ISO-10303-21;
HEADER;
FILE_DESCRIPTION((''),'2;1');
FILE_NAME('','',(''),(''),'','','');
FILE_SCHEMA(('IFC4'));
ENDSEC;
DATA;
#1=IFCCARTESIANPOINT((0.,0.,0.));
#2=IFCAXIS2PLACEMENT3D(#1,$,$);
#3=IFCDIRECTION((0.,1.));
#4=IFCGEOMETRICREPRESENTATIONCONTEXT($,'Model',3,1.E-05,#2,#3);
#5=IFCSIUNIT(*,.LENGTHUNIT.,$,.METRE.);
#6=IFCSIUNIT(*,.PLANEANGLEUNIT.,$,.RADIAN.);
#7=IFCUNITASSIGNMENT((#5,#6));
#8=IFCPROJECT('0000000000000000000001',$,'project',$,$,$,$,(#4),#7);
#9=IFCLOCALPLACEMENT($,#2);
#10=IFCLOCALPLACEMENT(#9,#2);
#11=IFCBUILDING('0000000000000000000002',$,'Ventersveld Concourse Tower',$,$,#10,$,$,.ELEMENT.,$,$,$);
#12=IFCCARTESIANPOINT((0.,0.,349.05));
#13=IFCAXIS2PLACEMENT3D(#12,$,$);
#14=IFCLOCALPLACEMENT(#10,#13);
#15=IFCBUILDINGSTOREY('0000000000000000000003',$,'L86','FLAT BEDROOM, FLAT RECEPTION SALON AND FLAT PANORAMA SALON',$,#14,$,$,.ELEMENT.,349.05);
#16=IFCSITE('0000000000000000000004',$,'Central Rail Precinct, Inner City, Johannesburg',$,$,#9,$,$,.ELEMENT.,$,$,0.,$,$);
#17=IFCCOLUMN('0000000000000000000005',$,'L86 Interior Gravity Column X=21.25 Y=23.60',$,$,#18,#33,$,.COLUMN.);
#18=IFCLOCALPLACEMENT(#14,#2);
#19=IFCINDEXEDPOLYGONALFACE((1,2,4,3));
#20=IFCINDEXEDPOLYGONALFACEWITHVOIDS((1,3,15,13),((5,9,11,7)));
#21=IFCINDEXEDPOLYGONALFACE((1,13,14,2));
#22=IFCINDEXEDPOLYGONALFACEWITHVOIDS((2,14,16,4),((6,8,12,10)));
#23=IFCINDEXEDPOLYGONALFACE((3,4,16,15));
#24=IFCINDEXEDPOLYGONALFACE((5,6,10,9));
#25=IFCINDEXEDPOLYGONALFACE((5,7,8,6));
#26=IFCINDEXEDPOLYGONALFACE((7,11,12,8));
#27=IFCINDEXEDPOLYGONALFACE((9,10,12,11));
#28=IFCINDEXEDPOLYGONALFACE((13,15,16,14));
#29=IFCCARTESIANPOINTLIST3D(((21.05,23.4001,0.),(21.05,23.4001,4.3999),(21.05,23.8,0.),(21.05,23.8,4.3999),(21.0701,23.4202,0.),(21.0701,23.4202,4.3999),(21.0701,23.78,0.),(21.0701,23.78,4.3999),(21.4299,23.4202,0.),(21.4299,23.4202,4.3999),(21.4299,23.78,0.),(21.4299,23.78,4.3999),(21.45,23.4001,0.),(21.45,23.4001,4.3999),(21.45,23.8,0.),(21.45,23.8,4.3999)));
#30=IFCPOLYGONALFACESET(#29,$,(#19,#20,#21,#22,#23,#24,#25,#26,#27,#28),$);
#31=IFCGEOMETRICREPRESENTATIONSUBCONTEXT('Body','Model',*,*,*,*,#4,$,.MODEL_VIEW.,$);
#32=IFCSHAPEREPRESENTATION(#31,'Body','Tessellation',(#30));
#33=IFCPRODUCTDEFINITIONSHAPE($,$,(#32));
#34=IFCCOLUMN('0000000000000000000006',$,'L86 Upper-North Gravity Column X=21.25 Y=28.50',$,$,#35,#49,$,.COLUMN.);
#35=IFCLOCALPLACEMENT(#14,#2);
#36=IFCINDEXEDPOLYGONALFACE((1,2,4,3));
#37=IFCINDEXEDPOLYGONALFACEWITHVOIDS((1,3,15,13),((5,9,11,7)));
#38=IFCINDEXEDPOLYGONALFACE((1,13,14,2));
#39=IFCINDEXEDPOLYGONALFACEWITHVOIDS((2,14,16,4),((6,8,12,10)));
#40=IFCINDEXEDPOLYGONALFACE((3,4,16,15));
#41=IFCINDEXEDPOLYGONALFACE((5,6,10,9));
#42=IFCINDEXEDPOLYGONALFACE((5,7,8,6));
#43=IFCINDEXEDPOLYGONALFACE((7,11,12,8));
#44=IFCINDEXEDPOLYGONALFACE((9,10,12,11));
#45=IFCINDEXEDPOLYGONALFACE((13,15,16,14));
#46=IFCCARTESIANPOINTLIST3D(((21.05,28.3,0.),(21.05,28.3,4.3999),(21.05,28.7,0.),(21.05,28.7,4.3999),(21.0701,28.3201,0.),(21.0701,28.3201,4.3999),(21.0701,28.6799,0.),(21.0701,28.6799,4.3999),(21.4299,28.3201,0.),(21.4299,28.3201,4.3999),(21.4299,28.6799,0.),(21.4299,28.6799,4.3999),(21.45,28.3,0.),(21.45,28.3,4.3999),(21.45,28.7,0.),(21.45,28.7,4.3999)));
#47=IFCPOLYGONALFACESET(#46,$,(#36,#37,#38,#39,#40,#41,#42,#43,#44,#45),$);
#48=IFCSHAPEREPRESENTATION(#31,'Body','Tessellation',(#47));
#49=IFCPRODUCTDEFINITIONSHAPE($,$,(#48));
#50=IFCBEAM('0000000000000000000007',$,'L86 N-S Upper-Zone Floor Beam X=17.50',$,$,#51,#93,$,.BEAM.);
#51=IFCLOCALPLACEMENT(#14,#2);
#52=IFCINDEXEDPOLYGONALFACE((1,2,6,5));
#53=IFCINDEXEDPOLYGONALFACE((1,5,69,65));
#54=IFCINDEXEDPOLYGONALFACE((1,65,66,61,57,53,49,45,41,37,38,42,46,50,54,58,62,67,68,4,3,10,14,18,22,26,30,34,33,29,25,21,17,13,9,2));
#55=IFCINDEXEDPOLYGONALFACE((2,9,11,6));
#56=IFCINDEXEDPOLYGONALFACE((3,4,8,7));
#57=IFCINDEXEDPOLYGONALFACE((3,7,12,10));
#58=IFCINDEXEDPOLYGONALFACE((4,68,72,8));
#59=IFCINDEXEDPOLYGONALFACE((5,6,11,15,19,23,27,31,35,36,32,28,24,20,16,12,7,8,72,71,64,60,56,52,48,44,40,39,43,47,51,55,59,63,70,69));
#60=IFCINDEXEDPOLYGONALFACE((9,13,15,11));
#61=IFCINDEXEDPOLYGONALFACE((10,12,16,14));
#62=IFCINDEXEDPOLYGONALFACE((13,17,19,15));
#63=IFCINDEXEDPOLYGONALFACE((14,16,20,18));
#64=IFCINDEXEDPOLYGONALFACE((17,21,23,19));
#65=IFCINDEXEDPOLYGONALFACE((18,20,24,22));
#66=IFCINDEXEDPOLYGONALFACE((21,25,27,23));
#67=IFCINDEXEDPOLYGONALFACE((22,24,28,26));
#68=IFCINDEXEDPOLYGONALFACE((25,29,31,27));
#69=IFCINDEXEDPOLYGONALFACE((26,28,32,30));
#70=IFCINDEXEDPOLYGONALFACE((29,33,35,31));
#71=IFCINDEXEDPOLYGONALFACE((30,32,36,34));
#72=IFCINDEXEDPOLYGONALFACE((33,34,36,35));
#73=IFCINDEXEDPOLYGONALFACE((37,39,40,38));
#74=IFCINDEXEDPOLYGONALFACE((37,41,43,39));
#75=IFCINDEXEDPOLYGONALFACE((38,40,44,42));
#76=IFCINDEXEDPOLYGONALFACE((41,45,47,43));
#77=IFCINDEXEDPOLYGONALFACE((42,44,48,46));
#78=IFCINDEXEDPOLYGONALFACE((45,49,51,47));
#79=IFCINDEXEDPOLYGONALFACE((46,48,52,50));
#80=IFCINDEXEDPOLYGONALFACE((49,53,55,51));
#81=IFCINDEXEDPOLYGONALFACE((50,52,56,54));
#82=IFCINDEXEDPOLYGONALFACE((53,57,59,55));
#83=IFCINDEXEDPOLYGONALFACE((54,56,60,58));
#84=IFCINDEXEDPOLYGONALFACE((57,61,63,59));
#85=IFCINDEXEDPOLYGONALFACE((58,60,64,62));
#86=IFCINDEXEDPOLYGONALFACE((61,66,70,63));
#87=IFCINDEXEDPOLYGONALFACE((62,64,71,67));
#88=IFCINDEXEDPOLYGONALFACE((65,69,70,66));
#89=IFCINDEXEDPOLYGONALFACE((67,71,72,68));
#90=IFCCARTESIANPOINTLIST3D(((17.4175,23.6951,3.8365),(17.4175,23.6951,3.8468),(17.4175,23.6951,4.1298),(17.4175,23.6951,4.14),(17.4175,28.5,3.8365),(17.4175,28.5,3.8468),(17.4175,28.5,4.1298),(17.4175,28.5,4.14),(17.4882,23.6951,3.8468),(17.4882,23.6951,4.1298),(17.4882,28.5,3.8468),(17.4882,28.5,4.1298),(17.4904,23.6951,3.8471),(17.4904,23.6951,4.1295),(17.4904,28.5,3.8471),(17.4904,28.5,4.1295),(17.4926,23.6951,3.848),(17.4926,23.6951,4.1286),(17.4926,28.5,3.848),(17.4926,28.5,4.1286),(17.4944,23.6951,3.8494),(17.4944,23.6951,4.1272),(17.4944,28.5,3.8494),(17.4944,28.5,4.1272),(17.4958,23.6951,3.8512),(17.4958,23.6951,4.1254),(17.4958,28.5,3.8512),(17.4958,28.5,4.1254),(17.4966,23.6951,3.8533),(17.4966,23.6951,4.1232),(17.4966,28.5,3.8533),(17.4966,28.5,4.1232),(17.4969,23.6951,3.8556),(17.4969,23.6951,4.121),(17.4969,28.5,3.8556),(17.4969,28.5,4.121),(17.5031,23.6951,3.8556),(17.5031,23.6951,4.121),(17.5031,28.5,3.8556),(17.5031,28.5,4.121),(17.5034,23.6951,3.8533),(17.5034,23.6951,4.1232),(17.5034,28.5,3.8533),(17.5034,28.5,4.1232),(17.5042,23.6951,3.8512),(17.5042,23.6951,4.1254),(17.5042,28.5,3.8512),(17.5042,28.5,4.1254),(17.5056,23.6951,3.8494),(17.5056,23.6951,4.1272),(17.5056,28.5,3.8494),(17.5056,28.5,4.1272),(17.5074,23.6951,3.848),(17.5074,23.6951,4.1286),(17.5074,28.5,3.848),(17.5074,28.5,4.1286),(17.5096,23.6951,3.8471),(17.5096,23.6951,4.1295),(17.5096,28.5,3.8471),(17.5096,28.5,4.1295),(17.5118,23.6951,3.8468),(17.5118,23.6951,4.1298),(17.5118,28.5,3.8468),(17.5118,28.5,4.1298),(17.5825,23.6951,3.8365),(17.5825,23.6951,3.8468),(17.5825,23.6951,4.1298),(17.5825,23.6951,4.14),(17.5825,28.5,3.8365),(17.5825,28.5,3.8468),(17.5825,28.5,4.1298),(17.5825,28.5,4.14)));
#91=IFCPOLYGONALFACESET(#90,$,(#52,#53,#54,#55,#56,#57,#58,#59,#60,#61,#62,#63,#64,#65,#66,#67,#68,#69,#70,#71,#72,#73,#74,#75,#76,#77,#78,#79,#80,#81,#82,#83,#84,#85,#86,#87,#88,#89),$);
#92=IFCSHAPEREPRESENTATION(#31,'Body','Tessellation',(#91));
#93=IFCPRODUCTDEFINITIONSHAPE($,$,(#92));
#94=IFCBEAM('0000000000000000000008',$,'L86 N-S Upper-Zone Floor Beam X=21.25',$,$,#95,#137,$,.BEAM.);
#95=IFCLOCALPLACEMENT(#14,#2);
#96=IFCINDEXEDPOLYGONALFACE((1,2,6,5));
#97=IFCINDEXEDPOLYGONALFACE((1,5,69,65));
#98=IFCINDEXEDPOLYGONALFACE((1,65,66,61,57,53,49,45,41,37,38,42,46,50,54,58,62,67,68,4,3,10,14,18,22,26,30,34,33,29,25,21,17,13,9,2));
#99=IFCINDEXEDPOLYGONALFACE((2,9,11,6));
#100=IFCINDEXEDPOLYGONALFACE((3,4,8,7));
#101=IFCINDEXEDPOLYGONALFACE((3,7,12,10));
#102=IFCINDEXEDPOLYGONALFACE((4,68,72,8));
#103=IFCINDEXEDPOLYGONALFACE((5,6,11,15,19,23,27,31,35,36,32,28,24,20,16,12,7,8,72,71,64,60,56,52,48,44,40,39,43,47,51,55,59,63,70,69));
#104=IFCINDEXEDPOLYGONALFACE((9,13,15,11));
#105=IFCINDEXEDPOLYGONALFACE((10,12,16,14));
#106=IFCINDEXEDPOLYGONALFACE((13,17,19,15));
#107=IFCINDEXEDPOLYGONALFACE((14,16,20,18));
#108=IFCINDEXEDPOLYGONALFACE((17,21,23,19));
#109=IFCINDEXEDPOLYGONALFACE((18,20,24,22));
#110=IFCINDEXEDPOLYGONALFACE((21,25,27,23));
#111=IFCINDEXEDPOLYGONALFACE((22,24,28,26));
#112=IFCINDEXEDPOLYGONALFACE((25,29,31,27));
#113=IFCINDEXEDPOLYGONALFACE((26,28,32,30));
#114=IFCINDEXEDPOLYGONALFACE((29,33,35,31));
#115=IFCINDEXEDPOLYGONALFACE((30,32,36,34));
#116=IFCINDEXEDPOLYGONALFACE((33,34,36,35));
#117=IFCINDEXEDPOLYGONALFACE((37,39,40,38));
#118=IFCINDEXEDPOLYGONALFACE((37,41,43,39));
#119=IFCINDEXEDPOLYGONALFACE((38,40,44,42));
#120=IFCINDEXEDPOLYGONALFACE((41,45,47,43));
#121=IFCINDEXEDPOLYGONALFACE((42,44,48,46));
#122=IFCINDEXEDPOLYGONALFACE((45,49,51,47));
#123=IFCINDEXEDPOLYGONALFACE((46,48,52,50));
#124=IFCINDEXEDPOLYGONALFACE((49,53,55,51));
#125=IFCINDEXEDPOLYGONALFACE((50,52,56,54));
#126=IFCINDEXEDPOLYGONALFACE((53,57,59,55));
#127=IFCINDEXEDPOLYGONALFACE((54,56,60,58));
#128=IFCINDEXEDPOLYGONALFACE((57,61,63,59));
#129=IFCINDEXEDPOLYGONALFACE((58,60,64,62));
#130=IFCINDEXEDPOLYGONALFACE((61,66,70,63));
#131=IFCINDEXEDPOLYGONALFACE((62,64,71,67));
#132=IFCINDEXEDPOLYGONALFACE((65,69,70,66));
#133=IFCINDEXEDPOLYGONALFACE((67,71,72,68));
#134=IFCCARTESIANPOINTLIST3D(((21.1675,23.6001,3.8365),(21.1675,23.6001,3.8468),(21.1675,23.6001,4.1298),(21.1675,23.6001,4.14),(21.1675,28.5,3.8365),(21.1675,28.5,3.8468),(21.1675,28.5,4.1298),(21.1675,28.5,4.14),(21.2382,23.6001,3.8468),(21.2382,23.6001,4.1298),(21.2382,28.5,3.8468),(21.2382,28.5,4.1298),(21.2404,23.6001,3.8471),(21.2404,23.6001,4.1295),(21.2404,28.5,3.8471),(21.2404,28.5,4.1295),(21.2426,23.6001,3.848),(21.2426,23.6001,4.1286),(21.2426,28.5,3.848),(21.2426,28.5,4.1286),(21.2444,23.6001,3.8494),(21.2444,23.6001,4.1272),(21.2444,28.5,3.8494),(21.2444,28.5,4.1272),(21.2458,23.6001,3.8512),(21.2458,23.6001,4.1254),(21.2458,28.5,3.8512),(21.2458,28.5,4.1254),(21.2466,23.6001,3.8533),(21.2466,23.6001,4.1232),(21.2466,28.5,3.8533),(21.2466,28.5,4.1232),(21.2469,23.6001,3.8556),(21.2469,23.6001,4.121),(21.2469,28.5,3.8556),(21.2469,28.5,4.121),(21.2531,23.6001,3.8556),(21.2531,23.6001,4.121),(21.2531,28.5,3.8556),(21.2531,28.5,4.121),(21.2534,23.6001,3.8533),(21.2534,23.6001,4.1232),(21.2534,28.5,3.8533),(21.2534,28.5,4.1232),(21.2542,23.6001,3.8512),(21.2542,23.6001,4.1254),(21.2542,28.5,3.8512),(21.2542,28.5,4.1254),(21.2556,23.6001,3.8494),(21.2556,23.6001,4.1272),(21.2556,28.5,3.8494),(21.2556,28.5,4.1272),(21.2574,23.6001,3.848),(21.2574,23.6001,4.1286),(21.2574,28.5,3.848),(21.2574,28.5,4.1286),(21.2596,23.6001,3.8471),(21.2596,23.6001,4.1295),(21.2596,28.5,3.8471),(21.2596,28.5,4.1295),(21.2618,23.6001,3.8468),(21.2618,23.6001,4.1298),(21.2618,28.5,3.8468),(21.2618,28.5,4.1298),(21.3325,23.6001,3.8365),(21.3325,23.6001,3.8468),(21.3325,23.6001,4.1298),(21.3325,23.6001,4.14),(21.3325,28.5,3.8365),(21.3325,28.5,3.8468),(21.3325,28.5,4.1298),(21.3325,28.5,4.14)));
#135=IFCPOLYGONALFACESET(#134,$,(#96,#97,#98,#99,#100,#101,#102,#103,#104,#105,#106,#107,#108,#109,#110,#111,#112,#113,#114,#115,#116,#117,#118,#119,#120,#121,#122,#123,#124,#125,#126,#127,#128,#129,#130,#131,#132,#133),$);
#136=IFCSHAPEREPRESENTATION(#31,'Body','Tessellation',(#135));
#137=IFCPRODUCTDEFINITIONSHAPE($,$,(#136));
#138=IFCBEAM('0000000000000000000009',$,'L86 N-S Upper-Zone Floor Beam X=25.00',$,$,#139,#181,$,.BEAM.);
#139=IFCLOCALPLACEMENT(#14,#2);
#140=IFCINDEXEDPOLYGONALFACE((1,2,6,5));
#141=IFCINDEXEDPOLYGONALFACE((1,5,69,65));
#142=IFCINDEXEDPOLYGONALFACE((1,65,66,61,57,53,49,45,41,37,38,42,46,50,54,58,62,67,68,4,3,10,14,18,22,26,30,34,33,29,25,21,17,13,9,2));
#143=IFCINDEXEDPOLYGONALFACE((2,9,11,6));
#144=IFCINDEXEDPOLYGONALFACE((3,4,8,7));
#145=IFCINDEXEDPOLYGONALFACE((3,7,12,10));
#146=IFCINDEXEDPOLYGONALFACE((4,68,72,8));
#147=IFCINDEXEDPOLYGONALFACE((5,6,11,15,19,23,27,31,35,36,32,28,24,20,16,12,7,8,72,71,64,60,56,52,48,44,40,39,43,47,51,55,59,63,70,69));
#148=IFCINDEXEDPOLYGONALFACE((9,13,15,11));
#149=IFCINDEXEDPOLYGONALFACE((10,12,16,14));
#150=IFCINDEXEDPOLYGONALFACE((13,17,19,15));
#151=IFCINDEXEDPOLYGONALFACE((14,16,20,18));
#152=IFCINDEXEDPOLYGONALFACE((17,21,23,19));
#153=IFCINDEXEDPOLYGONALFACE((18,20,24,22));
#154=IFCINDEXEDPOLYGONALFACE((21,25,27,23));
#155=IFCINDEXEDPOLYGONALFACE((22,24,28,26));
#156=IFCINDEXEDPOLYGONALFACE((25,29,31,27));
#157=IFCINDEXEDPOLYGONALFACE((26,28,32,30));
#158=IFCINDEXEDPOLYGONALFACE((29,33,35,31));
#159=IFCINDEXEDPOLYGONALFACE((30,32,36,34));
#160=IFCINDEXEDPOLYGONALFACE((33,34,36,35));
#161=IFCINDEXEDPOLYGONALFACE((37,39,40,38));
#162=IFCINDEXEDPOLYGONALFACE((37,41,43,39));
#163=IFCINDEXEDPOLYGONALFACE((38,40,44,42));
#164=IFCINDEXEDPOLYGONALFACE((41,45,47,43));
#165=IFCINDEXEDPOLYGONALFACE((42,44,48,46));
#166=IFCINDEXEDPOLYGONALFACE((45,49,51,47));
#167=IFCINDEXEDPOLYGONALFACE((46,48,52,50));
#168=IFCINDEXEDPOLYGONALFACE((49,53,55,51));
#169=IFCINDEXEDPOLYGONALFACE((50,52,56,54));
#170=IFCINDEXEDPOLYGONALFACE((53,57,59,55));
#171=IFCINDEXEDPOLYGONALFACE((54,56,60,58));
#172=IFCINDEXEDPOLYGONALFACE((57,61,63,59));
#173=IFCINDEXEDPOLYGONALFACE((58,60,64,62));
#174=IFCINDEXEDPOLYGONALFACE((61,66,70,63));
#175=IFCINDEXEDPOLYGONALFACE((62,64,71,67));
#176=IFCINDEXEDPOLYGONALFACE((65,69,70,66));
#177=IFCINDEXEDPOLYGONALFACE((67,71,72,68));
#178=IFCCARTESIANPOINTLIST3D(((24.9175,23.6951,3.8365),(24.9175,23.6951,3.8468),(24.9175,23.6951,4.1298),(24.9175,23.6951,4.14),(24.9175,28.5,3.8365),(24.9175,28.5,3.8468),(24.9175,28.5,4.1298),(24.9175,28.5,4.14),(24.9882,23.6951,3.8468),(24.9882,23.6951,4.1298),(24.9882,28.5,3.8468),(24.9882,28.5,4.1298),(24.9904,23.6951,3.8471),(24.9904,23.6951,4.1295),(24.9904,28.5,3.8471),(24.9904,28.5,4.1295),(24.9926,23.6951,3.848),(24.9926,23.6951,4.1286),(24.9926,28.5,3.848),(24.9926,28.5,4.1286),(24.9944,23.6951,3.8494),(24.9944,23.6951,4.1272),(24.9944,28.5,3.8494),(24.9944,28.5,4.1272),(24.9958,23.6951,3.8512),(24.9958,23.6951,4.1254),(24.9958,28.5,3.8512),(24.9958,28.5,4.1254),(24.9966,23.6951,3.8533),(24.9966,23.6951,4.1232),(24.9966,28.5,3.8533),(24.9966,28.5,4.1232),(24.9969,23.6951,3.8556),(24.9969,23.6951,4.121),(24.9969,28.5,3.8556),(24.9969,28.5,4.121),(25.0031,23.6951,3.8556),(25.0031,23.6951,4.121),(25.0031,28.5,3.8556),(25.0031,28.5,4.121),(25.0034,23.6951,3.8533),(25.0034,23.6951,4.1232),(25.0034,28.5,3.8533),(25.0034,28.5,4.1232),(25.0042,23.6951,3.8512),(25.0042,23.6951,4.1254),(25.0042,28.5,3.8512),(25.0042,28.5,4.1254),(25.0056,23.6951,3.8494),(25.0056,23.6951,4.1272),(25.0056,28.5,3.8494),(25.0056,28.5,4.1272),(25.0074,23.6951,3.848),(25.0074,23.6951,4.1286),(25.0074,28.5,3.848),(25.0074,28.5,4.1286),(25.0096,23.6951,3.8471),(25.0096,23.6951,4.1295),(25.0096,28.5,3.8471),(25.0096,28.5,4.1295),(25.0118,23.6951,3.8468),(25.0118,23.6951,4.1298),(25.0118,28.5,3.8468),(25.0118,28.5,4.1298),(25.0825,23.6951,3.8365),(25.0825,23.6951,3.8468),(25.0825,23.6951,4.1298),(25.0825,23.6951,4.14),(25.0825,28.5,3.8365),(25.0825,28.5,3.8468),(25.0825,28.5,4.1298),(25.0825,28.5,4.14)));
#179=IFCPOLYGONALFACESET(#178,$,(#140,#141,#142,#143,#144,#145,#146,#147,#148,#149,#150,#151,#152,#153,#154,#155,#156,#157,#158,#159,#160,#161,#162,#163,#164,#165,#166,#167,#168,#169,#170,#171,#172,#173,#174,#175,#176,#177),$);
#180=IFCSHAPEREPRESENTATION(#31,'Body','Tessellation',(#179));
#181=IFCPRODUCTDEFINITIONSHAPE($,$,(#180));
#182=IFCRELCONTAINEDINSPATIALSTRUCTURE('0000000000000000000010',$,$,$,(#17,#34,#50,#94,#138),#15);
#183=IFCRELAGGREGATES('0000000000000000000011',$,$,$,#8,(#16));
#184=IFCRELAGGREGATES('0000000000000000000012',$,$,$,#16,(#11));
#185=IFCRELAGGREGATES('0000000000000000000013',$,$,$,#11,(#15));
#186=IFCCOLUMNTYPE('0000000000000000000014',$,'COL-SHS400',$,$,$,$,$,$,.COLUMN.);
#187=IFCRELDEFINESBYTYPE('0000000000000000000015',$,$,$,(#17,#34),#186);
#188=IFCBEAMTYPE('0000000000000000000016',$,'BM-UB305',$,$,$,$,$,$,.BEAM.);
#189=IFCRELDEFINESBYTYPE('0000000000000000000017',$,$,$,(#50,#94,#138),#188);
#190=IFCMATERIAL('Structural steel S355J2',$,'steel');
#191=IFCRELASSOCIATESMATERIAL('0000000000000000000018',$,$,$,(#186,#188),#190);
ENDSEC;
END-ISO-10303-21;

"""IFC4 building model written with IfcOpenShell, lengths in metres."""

from ifc_helpers import new_model, si_unit, direction, frame, origin, origin_2d, place, context, subcontext, project, spatial, hollow_rectangle, i_section, extrude, material, material_profile, profile_set, type_object, element, save


model = new_model("IFC4")

# Units and contexts
model_context = context("Model", 3, precision=1e-05, world=origin(), true_north=direction((0.0, 1.0)))
body_context = subcontext(model_context, "Body", "Model", "MODEL_VIEW")
ifc_project = project(units=[si_unit("LENGTHUNIT", "METRE"), si_unit("PLANEANGLEUNIT", "RADIAN")], contexts=[model_context])

# Site, building, storey
site_placement = place(None, origin())
site = spatial("IfcSite", under=ifc_project, at=site_placement, Name="Central Rail Precinct, Inner City, Johannesburg", CompositionType="ELEMENT", RefElevation=0.0)
building_placement = place(site_placement, origin())
building = spatial("IfcBuilding", under=site, at=building_placement, Name="Ventersveld Concourse Tower", CompositionType="ELEMENT")
storey_placement = place(building_placement, frame((0.0, 0.0, 349.05)))
storey = spatial("IfcBuildingStorey", under=building, at=storey_placement, Name="L86", Description="FLAT BEDROOM, FLAT RECEPTION SALON AND FLAT PANORAMA SALON", CompositionType="ELEMENT", Elevation=349.05)

# Columns
ifc_material_1 = material(Name="Structural steel S355J2", Category="steel")
ifc_material_profile_1 = material_profile(ifc_material_1, hollow_rectangle(XDim=0.3999, YDim=0.3999, WallThickness=0.02, at=origin_2d()), Name="SHS 400x400x20")
ifc_profile_set_1 = profile_set([ifc_material_profile_1], Name="Structural steel S355J2")
column_type = type_object("IfcColumnType", Name="COL-SHS400", PredefinedType="COLUMN", material=ifc_profile_set_1)
for number, where, z_axis, x_axis, name in (
    (1, (21.25, 23.6001, 0.0), (0.0, 0.0, 1.0), (1.0, 0.0, 0.0), "L86 Interior Gravity Column X=21.25 Y=23.60"),
    (2, (21.25, 28.5, 0.0), (0.0, 0.0, 1.0), (1.0, 0.0, 0.0), "L86 Upper-North Gravity Column X=21.25 Y=28.50"),
):
    element("IfcColumn", number, at=place(storey_placement, frame(where, z_axis=z_axis, x_axis=x_axis)), inside=storey, type_object=column_type, Name=name, PredefinedType="COLUMN", context=body_context, shape_type="SweptSolid", body=[
        extrude(hollow_rectangle(XDim=0.3999, YDim=0.3999, WallThickness=0.02, at=origin_2d()), origin(), (0.0, 0.0, 1.0), 4.3999),
    ])

# Beams
ifc_material_profile_2 = material_profile(ifc_material_1, i_section(OverallWidth=0.165, OverallDepth=0.3035, WebThickness=0.0061, FlangeThickness=0.0103, FilletRadius=0.0088, at=origin_2d()), Name="UB 305x165x40")
ifc_profile_set_2 = profile_set([ifc_material_profile_2], Name="Structural steel S355J2")
beam_type_1 = type_object("IfcBeamType", Name="BM-UB305", PredefinedType="BEAM", material=ifc_profile_set_2)
beam_1_placement = place(storey_placement, frame((17.5, 23.6951, 3.9883), z_axis=(0.0, 1.0, 0.0), x_axis=(-1.0, 0.0, 0.0)))
element("IfcBeam", 3, at=beam_1_placement, inside=storey, type_object=beam_type_1, Name="L86 N-S Upper-Zone Floor Beam X=17.50", PredefinedType="BEAM", context=body_context, shape_type="SweptSolid", body=[
    extrude(i_section(OverallWidth=0.165, OverallDepth=0.3035, WebThickness=0.0061, FlangeThickness=0.0103, FilletRadius=0.0088, at=origin_2d()), origin(), (0.0, 0.0, 1.0), 4.8049),
])
beam_2_placement = place(storey_placement, frame((21.25, 23.6001, 3.9883), z_axis=(0.0, 1.0, 0.0), x_axis=(-1.0, 0.0, 0.0)))
element("IfcBeam", 4, at=beam_2_placement, inside=storey, type_object=beam_type_1, Name="L86 N-S Upper-Zone Floor Beam X=21.25", PredefinedType="BEAM", context=body_context, shape_type="SweptSolid", body=[
    extrude(i_section(OverallWidth=0.165, OverallDepth=0.3035, WebThickness=0.0061, FlangeThickness=0.0103, FilletRadius=0.0088, at=origin_2d()), origin(), (0.0, 0.0, 1.0), 4.8999),
])
beam_3_placement = place(storey_placement, frame((25.0, 23.6951, 3.9883), z_axis=(0.0, 1.0, 0.0), x_axis=(-1.0, 0.0, 0.0)))
element("IfcBeam", 5, at=beam_3_placement, inside=storey, type_object=beam_type_1, Name="L86 N-S Upper-Zone Floor Beam X=25.00", PredefinedType="BEAM", context=body_context, shape_type="SweptSolid", body=[
    extrude(i_section(OverallWidth=0.165, OverallDepth=0.3035, WebThickness=0.0061, FlangeThickness=0.0103, FilletRadius=0.0088, at=origin_2d()), origin(), (0.0, 0.0, 1.0), 4.8049),
])

save(model, "model.ifc")
